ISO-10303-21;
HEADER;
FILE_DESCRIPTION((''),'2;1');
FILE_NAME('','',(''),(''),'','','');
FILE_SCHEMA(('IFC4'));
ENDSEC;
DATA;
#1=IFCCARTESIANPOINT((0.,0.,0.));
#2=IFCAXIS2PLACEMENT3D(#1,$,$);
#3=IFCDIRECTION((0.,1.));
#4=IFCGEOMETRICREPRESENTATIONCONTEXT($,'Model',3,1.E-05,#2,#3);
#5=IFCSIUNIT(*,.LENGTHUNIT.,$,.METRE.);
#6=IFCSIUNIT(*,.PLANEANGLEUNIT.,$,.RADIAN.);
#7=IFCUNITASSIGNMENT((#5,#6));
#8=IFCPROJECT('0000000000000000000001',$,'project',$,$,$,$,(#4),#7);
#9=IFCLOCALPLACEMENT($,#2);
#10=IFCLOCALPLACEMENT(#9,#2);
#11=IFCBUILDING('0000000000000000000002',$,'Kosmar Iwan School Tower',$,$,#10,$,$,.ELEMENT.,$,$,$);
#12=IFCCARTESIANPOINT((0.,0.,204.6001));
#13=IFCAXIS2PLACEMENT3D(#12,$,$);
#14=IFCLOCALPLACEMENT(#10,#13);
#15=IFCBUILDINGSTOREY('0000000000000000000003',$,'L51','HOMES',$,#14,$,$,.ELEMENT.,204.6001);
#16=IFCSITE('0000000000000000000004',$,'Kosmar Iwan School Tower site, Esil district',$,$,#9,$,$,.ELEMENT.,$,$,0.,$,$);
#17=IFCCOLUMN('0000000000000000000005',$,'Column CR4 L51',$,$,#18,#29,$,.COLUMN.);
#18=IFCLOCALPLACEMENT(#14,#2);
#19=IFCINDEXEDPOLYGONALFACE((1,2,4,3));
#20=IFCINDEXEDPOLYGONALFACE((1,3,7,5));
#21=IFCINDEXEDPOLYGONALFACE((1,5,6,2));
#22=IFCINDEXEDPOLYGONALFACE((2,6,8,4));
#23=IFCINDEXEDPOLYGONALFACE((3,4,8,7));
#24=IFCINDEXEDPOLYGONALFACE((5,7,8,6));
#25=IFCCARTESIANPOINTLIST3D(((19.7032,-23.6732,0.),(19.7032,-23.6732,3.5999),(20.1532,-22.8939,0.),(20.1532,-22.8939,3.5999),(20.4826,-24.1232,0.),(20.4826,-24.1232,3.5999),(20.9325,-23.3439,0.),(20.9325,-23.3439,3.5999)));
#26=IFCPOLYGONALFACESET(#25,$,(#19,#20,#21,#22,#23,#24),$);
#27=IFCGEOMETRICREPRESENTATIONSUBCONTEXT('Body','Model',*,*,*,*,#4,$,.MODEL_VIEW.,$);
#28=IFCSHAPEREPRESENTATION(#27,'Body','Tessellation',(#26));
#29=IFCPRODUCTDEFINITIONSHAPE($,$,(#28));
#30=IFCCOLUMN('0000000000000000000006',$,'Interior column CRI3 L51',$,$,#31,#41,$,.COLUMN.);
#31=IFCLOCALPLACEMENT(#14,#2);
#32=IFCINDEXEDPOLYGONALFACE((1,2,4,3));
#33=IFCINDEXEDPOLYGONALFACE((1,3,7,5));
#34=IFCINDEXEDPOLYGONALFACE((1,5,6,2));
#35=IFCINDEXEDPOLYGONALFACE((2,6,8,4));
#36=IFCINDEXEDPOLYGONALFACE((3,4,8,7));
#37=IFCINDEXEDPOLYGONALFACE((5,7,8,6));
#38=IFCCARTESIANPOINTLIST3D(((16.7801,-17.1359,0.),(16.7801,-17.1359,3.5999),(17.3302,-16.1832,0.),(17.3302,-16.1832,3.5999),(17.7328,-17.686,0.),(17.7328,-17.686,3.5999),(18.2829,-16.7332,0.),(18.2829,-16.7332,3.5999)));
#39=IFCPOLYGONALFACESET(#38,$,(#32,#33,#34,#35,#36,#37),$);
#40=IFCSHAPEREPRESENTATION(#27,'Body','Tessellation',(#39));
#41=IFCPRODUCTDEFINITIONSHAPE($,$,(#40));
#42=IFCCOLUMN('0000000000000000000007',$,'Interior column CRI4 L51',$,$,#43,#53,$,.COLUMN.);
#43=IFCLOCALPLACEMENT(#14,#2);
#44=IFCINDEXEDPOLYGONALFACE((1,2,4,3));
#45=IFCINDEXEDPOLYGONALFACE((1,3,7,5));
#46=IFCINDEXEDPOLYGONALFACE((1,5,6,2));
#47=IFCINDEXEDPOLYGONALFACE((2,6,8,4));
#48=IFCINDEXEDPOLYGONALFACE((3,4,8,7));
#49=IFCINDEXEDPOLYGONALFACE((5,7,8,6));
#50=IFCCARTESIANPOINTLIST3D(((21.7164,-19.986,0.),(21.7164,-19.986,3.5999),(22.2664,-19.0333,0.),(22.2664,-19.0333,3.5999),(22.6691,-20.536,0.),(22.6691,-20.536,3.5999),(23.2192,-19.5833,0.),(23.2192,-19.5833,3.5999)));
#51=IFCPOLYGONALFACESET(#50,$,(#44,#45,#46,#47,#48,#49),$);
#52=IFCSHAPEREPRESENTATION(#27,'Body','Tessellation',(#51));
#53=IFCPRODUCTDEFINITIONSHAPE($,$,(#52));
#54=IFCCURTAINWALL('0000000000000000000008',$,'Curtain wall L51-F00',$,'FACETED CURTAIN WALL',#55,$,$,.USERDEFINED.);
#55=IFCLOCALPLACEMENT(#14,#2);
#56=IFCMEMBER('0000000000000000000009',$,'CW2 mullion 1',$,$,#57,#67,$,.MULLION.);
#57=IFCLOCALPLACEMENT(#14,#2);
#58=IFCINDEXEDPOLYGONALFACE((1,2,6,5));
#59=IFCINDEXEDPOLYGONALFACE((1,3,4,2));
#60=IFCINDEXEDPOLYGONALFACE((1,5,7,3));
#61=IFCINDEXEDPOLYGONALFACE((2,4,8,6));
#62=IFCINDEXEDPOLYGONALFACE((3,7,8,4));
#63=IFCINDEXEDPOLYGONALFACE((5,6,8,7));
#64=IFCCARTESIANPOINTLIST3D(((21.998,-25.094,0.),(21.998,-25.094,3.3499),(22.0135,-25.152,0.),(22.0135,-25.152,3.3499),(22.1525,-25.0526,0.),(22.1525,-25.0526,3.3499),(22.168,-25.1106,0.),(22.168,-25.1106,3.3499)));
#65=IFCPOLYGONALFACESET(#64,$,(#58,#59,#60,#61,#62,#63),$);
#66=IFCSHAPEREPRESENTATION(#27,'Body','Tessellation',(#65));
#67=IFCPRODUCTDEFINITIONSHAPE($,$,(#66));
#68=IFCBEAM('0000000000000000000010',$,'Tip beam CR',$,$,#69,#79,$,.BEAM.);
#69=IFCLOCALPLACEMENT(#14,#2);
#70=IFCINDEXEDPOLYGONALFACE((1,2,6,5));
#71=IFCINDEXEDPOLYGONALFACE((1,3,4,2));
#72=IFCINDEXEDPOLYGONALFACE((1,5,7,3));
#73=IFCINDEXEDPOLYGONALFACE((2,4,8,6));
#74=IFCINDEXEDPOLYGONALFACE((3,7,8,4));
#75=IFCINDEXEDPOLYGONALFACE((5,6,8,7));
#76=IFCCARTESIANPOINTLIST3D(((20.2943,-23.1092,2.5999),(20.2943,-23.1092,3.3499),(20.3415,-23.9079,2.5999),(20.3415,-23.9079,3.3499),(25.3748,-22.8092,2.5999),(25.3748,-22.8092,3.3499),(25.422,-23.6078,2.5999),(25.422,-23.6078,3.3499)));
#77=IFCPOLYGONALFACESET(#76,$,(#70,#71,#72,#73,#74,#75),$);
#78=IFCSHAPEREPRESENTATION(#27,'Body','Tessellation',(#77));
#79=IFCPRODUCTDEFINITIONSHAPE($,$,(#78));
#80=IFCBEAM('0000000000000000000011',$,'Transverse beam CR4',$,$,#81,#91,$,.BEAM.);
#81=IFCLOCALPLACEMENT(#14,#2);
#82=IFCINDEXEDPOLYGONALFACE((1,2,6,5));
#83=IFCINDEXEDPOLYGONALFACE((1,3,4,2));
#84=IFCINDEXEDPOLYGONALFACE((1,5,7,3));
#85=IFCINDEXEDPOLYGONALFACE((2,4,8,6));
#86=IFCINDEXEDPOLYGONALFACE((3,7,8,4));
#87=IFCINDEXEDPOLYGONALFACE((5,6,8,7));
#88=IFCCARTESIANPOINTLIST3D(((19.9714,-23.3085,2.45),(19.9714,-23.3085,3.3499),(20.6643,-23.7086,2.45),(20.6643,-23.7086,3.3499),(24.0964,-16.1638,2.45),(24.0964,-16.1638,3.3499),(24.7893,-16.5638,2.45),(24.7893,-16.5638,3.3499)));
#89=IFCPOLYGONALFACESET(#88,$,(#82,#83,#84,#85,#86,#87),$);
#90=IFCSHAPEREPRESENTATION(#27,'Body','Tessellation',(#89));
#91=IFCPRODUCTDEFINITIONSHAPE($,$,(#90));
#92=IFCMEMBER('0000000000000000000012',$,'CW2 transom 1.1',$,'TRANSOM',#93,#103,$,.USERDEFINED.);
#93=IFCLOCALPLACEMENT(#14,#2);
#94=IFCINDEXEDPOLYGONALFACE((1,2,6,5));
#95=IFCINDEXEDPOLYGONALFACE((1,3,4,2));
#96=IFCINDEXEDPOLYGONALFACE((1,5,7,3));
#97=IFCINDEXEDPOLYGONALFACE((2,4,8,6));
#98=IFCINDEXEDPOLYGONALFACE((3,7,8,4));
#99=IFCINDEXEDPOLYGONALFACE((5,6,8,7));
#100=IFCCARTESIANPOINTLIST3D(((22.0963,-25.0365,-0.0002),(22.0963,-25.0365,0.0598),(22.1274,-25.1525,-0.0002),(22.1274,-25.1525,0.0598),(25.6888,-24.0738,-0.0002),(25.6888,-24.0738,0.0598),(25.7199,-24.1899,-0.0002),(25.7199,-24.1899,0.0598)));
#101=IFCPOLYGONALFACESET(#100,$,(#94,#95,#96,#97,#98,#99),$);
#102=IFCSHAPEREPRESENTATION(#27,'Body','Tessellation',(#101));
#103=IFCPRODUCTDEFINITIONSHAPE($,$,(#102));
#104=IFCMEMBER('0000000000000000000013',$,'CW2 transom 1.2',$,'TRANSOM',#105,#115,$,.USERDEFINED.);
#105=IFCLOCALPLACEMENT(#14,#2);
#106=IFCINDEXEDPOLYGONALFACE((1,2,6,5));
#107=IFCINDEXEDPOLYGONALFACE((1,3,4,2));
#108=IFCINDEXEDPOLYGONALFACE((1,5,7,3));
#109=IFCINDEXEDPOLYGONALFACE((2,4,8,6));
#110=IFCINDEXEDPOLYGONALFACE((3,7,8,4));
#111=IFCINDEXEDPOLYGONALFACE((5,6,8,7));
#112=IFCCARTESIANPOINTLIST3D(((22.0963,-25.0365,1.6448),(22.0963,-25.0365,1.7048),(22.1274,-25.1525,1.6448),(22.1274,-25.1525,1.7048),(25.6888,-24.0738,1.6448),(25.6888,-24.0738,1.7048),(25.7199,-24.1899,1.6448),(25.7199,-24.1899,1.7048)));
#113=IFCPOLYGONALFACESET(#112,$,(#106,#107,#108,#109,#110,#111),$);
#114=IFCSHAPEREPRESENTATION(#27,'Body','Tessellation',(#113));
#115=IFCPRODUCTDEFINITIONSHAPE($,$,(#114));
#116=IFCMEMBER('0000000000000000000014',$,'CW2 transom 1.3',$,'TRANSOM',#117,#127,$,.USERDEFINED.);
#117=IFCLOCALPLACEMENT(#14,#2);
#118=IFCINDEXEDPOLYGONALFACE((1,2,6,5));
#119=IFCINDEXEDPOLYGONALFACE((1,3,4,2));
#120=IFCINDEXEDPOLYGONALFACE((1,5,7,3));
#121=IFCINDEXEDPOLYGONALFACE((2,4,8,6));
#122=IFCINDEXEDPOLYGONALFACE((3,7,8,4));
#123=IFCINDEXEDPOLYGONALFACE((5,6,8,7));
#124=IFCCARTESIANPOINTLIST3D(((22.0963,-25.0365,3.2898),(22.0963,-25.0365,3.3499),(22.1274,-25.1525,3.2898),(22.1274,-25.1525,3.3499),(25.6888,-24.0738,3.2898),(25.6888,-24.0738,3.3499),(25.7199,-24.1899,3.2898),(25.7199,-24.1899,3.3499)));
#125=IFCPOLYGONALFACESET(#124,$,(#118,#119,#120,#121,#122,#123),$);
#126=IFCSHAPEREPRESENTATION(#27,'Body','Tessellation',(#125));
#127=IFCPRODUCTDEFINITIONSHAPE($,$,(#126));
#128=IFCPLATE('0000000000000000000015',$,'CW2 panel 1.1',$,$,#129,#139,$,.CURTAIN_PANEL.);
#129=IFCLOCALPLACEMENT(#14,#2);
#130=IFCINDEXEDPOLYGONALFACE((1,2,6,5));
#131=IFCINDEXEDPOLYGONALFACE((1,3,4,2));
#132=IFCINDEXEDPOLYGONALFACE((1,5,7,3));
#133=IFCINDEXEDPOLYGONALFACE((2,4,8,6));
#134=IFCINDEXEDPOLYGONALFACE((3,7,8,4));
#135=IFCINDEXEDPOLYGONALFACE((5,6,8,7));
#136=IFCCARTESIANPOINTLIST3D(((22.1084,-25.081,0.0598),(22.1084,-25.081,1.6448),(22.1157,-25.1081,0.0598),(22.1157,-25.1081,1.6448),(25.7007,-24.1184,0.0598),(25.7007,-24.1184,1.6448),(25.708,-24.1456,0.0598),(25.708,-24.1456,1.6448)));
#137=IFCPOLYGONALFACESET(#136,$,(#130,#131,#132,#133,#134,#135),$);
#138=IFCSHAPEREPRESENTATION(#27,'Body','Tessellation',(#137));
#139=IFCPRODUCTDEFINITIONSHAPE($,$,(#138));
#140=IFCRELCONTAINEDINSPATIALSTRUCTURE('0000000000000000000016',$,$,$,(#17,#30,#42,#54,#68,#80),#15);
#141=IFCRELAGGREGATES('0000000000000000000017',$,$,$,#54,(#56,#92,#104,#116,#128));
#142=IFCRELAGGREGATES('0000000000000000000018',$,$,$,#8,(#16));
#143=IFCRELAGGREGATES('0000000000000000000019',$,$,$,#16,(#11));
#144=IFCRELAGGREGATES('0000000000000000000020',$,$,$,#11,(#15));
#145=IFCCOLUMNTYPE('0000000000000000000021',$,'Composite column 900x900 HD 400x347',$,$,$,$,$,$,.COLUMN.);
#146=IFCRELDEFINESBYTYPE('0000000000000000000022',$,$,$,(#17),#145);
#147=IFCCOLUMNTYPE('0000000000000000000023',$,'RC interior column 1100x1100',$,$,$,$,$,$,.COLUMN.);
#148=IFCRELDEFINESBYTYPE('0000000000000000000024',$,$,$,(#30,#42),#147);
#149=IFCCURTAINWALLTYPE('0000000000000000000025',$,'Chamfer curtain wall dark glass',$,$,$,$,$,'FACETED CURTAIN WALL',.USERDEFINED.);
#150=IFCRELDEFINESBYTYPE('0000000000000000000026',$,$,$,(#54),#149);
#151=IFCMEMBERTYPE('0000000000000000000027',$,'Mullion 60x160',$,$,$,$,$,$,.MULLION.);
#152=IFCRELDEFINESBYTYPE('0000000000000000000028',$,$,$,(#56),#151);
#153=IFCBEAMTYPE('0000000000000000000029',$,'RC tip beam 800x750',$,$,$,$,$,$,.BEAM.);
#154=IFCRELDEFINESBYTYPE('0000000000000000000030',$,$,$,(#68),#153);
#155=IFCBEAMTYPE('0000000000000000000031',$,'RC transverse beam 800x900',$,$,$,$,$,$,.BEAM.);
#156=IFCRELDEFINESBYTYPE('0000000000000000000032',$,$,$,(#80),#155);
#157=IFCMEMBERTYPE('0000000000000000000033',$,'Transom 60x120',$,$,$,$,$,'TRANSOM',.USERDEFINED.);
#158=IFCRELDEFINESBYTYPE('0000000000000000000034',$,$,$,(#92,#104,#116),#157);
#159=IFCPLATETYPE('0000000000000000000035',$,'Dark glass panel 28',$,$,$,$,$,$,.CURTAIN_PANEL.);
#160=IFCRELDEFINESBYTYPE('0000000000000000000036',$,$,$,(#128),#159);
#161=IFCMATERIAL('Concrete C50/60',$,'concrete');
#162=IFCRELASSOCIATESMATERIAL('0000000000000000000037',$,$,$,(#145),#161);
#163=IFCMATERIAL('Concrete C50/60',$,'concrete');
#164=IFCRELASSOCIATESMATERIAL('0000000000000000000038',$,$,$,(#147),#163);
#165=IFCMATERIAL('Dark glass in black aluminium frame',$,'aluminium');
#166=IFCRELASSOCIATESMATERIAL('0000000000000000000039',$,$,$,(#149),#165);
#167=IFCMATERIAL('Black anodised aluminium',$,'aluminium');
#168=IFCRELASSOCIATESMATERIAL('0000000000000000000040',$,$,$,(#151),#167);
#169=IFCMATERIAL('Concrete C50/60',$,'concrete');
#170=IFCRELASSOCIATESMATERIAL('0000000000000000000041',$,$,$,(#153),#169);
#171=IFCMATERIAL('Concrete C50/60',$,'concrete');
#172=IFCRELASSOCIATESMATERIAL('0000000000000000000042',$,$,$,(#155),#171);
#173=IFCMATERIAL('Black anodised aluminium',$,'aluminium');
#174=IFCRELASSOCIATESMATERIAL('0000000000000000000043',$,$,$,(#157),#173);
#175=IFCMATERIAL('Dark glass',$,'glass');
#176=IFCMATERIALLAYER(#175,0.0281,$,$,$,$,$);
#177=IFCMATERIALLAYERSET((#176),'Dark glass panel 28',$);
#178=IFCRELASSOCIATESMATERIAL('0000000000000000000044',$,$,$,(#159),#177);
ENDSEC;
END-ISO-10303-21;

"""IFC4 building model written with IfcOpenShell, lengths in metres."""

from ifc_helpers import new_model, si_unit, direction, frame, origin, origin_2d, place, context, subcontext, project, spatial, rectangle, extrude, material, layer, layer_set, material_profile, profile_set, type_object, element, aggregate, save


model = new_model("IFC4")

# Units and contexts
model_context = context("Model", 3, precision=1e-05, world=origin(), true_north=direction((0.0, 1.0)))
body_context = subcontext(model_context, "Body", "Model", "MODEL_VIEW")
ifc_project = project(units=[si_unit("LENGTHUNIT", "METRE"), si_unit("PLANEANGLEUNIT", "RADIAN")], contexts=[model_context])

# Site, building, storey
site_placement = place(None, origin())
site = spatial("IfcSite", under=ifc_project, at=site_placement, Name="Kosmar Iwan School Tower site, Esil district", CompositionType="ELEMENT", RefElevation=0.0)
building_placement = place(site_placement, origin())
building = spatial("IfcBuilding", under=site, at=building_placement, Name="Kosmar Iwan School Tower", CompositionType="ELEMENT")
storey_placement = place(building_placement, frame((0.0, 0.0, 204.6001)))
storey = spatial("IfcBuildingStorey", under=building, at=storey_placement, Name="L51", Description="HOMES", CompositionType="ELEMENT", Elevation=204.6001)

# Columns
ifc_material_1 = material(Name="Concrete C50/60", Category="concrete")
ifc_material_profile_1 = material_profile(ifc_material_1, rectangle(XDim=0.8999, YDim=0.8999, at=origin_2d()), Name="RC 900x900 + HD 400x347")
ifc_profile_set_1 = profile_set([ifc_material_profile_1], Name="Concrete C50/60")
column_type_1 = type_object("IfcColumnType", Name="Composite column 900x900 HD 400x347", PredefinedType="COLUMN", material=ifc_profile_set_1)
column_placement = place(storey_placement, frame((20.3179, -23.5085, 0.0), z_axis=(0.0, 0.0, 1.0), x_axis=(0.866025, -0.5, 0.0)))
element("IfcColumn", 1, at=column_placement, inside=storey, type_object=column_type_1, Name="Column CR4 L51", PredefinedType="COLUMN", context=body_context, shape_type="SweptSolid", body=[
    extrude(rectangle(XDim=0.8999, YDim=0.8999, at=origin_2d()), origin(), (0.0, 0.0, 1.0), 3.5999),
])
ifc_material_2 = material(Name="Concrete C50/60", Category="concrete")
ifc_material_profile_2 = material_profile(ifc_material_2, rectangle(XDim=1.1001, YDim=1.1001, at=origin_2d()), Name="RC 1100x1100")
ifc_profile_set_2 = profile_set([ifc_material_profile_2], Name="Concrete C50/60")
column_type_2 = type_object("IfcColumnType", Name="RC interior column 1100x1100", PredefinedType="COLUMN", material=ifc_profile_set_2)
for number, where, z_axis, x_axis, name in (
    (2, (17.5315, -16.9346, 0.0), (0.0, 0.0, 1.0), (0.866025, -0.5, 0.0), "Interior column CRI3 L51"),
    (3, (22.4678, -19.7847, 0.0), (0.0, 0.0, 1.0), (0.866025, -0.5, 0.0), "Interior column CRI4 L51"),
):
    element("IfcColumn", number, at=place(storey_placement, frame(where, z_axis=z_axis, x_axis=x_axis)), inside=storey, type_object=column_type_2, Name=name, PredefinedType="COLUMN", context=body_context, shape_type="SweptSolid", body=[
        extrude(rectangle(XDim=1.1001, YDim=1.1001, at=origin_2d()), origin(), (0.0, 0.0, 1.0), 3.5999),
    ])

# Curtain wall, member
ifc_material_3 = material(Name="Dark glass in black aluminium frame", Category="aluminium")
curtain_wall_type = type_object("IfcCurtainWallType", Name="Chamfer curtain wall dark glass", ElementType="FACETED CURTAIN WALL", PredefinedType="USERDEFINED", material=ifc_material_3)
curtain_wall_placement = place(storey_placement, origin())
curtain_wall = element("IfcCurtainWall", 4, at=curtain_wall_placement, inside=storey, type_object=curtain_wall_type, Name="Curtain wall L51-F00", ObjectType="FACETED CURTAIN WALL", PredefinedType="USERDEFINED")
ifc_material_4 = material(Name="Black anodised aluminium", Category="aluminium")
ifc_material_profile_3 = material_profile(ifc_material_4, rectangle(XDim=0.0601, YDim=0.1599, at=origin_2d()), Name="MULLION 60x160")
ifc_profile_set_3 = profile_set([ifc_material_profile_3], Name="Black anodised aluminium")
member_type_1 = type_object("IfcMemberType", Name="Mullion 60x160", PredefinedType="MULLION", material=ifc_profile_set_3)
member_1_placement = place(storey_placement, frame((22.083, -25.1023, 0.0), z_axis=(0.0, 0.0, 1.0), x_axis=(-0.258819, 0.965926, 0.0)))
member_1 = element("IfcMember", 5, at=member_1_placement, type_object=member_type_1, Name="CW2 mullion 1", PredefinedType="MULLION", context=body_context, shape_type="SweptSolid", body=[
    extrude(rectangle(XDim=0.0601, YDim=0.1599, at=origin_2d()), origin(), (0.0, 0.0, 1.0), 3.3499),
])

# Beams
ifc_material_5 = material(Name="Concrete C50/60", Category="concrete")
ifc_material_profile_4 = material_profile(ifc_material_5, rectangle(XDim=0.8, YDim=0.75, at=origin_2d()), Name="RC 800x750")
ifc_profile_set_4 = profile_set([ifc_material_profile_4], Name="Concrete C50/60")
beam_type_1 = type_object("IfcBeamType", Name="RC tip beam 800x750", PredefinedType="BEAM", material=ifc_profile_set_4)
beam_1_placement = place(storey_placement, frame((20.3179, -23.5085, 2.9749), z_axis=(0.998261, 0.058955, 0.0), x_axis=(-0.058955, 0.998261, 0.0)))
element("IfcBeam", 6, at=beam_1_placement, inside=storey, type_object=beam_type_1, Name="Tip beam CR", PredefinedType="BEAM", context=body_context, shape_type="SweptSolid", body=[
    extrude(rectangle(XDim=0.8, YDim=0.75, at=origin_2d()), origin(), (0.0, 0.0, 1.0), 5.0894),
])
ifc_material_6 = material(Name="Concrete C50/60", Category="concrete")
ifc_material_profile_5 = material_profile(ifc_material_6, rectangle(XDim=0.8, YDim=0.8999, at=origin_2d()), Name="RC 800x900")
ifc_profile_set_5 = profile_set([ifc_material_profile_5], Name="Concrete C50/60")
beam_type_2 = type_object("IfcBeamType", Name="RC transverse beam 800x900", PredefinedType="BEAM", material=ifc_profile_set_5)
beam_2_placement = place(storey_placement, frame((20.3179, -23.5085, 2.8999), z_axis=(0.499997, 0.866027, 0.0), x_axis=(-0.866027, 0.499997, 0.0)))
element("IfcBeam", 7, at=beam_2_placement, inside=storey, type_object=beam_type_2, Name="Transverse beam CR4", PredefinedType="BEAM", context=body_context, shape_type="SweptSolid", body=[
    extrude(rectangle(XDim=0.8, YDim=0.8999, at=origin_2d()), origin(), (0.0, 0.0, 1.0), 8.25),
])

# Members
ifc_material_7 = material(Name="Black anodised aluminium", Category="aluminium")
ifc_material_profile_6 = material_profile(ifc_material_7, rectangle(XDim=0.1201, YDim=0.0601, at=origin_2d()), Name="TRANSOM 60x120")
ifc_profile_set_6 = profile_set([ifc_material_profile_6], Name="Black anodised aluminium")
member_type_2 = type_object("IfcMemberType", Name="Transom 60x120", ElementType="TRANSOM", PredefinedType="USERDEFINED", material=ifc_profile_set_6)
member_2_placement = place(storey_placement, frame((22.1118, -25.0945, 0.0298), z_axis=(0.965924, 0.258827, 0.0), x_axis=(-0.258827, 0.965924, 0.0)))
member_2 = element("IfcMember", 8, at=member_2_placement, type_object=member_type_2, Name="CW2 transom 1.1", ObjectType="TRANSOM", PredefinedType="USERDEFINED", context=body_context, shape_type="SweptSolid", body=[
    extrude(rectangle(XDim=0.1201, YDim=0.0601, at=origin_2d()), origin(), (0.0, 0.0, 1.0), 3.7192),
])
member_3_placement = place(storey_placement, frame((22.1118, -25.0945, 1.6748), z_axis=(0.965924, 0.258827, 0.0), x_axis=(-0.258827, 0.965924, 0.0)))
member_3 = element("IfcMember", 9, at=member_3_placement, type_object=member_type_2, Name="CW2 transom 1.2", ObjectType="TRANSOM", PredefinedType="USERDEFINED", context=body_context, shape_type="SweptSolid", body=[
    extrude(rectangle(XDim=0.1201, YDim=0.0601, at=origin_2d()), origin(), (0.0, 0.0, 1.0), 3.7192),
])
member_4_placement = place(storey_placement, frame((22.1118, -25.0945, 3.3198), z_axis=(0.965924, 0.258827, 0.0), x_axis=(-0.258827, 0.965924, 0.0)))
member_4 = element("IfcMember", 10, at=member_4_placement, type_object=member_type_2, Name="CW2 transom 1.3", ObjectType="TRANSOM", PredefinedType="USERDEFINED", context=body_context, shape_type="SweptSolid", body=[
    extrude(rectangle(XDim=0.1201, YDim=0.0601, at=origin_2d()), origin(), (0.0, 0.0, 1.0), 3.7192),
])

# Plate
ifc_material_8 = material(Name="Dark glass", Category="glass")
ifc_layer_1 = layer(ifc_material_8, 0.0281)
ifc_layer_set_1 = layer_set([ifc_layer_1], Name="Dark glass panel 28")
plate_type = type_object("IfcPlateType", Name="Dark glass panel 28", PredefinedType="CURTAIN_PANEL", material=ifc_layer_set_1)
plate_placement = place(storey_placement, frame((23.9082, -24.6133, 0.0598), z_axis=(0.0, 0.0, 1.0), x_axis=(0.965926, 0.258819, 0.0)))
plate = element("IfcPlate", 11, at=plate_placement, type_object=plate_type, Name="CW2 panel 1.1", PredefinedType="CURTAIN_PANEL", context=body_context, shape_type="SweptSolid", body=[
    extrude(rectangle(XDim=3.719, YDim=0.0281, at=origin_2d()), origin(), (0.0, 0.0, 1.0), 1.585),
])
aggregate(curtain_wall, [member_1, member_2, member_3, member_4, plate])

save(model, "model.ifc")
